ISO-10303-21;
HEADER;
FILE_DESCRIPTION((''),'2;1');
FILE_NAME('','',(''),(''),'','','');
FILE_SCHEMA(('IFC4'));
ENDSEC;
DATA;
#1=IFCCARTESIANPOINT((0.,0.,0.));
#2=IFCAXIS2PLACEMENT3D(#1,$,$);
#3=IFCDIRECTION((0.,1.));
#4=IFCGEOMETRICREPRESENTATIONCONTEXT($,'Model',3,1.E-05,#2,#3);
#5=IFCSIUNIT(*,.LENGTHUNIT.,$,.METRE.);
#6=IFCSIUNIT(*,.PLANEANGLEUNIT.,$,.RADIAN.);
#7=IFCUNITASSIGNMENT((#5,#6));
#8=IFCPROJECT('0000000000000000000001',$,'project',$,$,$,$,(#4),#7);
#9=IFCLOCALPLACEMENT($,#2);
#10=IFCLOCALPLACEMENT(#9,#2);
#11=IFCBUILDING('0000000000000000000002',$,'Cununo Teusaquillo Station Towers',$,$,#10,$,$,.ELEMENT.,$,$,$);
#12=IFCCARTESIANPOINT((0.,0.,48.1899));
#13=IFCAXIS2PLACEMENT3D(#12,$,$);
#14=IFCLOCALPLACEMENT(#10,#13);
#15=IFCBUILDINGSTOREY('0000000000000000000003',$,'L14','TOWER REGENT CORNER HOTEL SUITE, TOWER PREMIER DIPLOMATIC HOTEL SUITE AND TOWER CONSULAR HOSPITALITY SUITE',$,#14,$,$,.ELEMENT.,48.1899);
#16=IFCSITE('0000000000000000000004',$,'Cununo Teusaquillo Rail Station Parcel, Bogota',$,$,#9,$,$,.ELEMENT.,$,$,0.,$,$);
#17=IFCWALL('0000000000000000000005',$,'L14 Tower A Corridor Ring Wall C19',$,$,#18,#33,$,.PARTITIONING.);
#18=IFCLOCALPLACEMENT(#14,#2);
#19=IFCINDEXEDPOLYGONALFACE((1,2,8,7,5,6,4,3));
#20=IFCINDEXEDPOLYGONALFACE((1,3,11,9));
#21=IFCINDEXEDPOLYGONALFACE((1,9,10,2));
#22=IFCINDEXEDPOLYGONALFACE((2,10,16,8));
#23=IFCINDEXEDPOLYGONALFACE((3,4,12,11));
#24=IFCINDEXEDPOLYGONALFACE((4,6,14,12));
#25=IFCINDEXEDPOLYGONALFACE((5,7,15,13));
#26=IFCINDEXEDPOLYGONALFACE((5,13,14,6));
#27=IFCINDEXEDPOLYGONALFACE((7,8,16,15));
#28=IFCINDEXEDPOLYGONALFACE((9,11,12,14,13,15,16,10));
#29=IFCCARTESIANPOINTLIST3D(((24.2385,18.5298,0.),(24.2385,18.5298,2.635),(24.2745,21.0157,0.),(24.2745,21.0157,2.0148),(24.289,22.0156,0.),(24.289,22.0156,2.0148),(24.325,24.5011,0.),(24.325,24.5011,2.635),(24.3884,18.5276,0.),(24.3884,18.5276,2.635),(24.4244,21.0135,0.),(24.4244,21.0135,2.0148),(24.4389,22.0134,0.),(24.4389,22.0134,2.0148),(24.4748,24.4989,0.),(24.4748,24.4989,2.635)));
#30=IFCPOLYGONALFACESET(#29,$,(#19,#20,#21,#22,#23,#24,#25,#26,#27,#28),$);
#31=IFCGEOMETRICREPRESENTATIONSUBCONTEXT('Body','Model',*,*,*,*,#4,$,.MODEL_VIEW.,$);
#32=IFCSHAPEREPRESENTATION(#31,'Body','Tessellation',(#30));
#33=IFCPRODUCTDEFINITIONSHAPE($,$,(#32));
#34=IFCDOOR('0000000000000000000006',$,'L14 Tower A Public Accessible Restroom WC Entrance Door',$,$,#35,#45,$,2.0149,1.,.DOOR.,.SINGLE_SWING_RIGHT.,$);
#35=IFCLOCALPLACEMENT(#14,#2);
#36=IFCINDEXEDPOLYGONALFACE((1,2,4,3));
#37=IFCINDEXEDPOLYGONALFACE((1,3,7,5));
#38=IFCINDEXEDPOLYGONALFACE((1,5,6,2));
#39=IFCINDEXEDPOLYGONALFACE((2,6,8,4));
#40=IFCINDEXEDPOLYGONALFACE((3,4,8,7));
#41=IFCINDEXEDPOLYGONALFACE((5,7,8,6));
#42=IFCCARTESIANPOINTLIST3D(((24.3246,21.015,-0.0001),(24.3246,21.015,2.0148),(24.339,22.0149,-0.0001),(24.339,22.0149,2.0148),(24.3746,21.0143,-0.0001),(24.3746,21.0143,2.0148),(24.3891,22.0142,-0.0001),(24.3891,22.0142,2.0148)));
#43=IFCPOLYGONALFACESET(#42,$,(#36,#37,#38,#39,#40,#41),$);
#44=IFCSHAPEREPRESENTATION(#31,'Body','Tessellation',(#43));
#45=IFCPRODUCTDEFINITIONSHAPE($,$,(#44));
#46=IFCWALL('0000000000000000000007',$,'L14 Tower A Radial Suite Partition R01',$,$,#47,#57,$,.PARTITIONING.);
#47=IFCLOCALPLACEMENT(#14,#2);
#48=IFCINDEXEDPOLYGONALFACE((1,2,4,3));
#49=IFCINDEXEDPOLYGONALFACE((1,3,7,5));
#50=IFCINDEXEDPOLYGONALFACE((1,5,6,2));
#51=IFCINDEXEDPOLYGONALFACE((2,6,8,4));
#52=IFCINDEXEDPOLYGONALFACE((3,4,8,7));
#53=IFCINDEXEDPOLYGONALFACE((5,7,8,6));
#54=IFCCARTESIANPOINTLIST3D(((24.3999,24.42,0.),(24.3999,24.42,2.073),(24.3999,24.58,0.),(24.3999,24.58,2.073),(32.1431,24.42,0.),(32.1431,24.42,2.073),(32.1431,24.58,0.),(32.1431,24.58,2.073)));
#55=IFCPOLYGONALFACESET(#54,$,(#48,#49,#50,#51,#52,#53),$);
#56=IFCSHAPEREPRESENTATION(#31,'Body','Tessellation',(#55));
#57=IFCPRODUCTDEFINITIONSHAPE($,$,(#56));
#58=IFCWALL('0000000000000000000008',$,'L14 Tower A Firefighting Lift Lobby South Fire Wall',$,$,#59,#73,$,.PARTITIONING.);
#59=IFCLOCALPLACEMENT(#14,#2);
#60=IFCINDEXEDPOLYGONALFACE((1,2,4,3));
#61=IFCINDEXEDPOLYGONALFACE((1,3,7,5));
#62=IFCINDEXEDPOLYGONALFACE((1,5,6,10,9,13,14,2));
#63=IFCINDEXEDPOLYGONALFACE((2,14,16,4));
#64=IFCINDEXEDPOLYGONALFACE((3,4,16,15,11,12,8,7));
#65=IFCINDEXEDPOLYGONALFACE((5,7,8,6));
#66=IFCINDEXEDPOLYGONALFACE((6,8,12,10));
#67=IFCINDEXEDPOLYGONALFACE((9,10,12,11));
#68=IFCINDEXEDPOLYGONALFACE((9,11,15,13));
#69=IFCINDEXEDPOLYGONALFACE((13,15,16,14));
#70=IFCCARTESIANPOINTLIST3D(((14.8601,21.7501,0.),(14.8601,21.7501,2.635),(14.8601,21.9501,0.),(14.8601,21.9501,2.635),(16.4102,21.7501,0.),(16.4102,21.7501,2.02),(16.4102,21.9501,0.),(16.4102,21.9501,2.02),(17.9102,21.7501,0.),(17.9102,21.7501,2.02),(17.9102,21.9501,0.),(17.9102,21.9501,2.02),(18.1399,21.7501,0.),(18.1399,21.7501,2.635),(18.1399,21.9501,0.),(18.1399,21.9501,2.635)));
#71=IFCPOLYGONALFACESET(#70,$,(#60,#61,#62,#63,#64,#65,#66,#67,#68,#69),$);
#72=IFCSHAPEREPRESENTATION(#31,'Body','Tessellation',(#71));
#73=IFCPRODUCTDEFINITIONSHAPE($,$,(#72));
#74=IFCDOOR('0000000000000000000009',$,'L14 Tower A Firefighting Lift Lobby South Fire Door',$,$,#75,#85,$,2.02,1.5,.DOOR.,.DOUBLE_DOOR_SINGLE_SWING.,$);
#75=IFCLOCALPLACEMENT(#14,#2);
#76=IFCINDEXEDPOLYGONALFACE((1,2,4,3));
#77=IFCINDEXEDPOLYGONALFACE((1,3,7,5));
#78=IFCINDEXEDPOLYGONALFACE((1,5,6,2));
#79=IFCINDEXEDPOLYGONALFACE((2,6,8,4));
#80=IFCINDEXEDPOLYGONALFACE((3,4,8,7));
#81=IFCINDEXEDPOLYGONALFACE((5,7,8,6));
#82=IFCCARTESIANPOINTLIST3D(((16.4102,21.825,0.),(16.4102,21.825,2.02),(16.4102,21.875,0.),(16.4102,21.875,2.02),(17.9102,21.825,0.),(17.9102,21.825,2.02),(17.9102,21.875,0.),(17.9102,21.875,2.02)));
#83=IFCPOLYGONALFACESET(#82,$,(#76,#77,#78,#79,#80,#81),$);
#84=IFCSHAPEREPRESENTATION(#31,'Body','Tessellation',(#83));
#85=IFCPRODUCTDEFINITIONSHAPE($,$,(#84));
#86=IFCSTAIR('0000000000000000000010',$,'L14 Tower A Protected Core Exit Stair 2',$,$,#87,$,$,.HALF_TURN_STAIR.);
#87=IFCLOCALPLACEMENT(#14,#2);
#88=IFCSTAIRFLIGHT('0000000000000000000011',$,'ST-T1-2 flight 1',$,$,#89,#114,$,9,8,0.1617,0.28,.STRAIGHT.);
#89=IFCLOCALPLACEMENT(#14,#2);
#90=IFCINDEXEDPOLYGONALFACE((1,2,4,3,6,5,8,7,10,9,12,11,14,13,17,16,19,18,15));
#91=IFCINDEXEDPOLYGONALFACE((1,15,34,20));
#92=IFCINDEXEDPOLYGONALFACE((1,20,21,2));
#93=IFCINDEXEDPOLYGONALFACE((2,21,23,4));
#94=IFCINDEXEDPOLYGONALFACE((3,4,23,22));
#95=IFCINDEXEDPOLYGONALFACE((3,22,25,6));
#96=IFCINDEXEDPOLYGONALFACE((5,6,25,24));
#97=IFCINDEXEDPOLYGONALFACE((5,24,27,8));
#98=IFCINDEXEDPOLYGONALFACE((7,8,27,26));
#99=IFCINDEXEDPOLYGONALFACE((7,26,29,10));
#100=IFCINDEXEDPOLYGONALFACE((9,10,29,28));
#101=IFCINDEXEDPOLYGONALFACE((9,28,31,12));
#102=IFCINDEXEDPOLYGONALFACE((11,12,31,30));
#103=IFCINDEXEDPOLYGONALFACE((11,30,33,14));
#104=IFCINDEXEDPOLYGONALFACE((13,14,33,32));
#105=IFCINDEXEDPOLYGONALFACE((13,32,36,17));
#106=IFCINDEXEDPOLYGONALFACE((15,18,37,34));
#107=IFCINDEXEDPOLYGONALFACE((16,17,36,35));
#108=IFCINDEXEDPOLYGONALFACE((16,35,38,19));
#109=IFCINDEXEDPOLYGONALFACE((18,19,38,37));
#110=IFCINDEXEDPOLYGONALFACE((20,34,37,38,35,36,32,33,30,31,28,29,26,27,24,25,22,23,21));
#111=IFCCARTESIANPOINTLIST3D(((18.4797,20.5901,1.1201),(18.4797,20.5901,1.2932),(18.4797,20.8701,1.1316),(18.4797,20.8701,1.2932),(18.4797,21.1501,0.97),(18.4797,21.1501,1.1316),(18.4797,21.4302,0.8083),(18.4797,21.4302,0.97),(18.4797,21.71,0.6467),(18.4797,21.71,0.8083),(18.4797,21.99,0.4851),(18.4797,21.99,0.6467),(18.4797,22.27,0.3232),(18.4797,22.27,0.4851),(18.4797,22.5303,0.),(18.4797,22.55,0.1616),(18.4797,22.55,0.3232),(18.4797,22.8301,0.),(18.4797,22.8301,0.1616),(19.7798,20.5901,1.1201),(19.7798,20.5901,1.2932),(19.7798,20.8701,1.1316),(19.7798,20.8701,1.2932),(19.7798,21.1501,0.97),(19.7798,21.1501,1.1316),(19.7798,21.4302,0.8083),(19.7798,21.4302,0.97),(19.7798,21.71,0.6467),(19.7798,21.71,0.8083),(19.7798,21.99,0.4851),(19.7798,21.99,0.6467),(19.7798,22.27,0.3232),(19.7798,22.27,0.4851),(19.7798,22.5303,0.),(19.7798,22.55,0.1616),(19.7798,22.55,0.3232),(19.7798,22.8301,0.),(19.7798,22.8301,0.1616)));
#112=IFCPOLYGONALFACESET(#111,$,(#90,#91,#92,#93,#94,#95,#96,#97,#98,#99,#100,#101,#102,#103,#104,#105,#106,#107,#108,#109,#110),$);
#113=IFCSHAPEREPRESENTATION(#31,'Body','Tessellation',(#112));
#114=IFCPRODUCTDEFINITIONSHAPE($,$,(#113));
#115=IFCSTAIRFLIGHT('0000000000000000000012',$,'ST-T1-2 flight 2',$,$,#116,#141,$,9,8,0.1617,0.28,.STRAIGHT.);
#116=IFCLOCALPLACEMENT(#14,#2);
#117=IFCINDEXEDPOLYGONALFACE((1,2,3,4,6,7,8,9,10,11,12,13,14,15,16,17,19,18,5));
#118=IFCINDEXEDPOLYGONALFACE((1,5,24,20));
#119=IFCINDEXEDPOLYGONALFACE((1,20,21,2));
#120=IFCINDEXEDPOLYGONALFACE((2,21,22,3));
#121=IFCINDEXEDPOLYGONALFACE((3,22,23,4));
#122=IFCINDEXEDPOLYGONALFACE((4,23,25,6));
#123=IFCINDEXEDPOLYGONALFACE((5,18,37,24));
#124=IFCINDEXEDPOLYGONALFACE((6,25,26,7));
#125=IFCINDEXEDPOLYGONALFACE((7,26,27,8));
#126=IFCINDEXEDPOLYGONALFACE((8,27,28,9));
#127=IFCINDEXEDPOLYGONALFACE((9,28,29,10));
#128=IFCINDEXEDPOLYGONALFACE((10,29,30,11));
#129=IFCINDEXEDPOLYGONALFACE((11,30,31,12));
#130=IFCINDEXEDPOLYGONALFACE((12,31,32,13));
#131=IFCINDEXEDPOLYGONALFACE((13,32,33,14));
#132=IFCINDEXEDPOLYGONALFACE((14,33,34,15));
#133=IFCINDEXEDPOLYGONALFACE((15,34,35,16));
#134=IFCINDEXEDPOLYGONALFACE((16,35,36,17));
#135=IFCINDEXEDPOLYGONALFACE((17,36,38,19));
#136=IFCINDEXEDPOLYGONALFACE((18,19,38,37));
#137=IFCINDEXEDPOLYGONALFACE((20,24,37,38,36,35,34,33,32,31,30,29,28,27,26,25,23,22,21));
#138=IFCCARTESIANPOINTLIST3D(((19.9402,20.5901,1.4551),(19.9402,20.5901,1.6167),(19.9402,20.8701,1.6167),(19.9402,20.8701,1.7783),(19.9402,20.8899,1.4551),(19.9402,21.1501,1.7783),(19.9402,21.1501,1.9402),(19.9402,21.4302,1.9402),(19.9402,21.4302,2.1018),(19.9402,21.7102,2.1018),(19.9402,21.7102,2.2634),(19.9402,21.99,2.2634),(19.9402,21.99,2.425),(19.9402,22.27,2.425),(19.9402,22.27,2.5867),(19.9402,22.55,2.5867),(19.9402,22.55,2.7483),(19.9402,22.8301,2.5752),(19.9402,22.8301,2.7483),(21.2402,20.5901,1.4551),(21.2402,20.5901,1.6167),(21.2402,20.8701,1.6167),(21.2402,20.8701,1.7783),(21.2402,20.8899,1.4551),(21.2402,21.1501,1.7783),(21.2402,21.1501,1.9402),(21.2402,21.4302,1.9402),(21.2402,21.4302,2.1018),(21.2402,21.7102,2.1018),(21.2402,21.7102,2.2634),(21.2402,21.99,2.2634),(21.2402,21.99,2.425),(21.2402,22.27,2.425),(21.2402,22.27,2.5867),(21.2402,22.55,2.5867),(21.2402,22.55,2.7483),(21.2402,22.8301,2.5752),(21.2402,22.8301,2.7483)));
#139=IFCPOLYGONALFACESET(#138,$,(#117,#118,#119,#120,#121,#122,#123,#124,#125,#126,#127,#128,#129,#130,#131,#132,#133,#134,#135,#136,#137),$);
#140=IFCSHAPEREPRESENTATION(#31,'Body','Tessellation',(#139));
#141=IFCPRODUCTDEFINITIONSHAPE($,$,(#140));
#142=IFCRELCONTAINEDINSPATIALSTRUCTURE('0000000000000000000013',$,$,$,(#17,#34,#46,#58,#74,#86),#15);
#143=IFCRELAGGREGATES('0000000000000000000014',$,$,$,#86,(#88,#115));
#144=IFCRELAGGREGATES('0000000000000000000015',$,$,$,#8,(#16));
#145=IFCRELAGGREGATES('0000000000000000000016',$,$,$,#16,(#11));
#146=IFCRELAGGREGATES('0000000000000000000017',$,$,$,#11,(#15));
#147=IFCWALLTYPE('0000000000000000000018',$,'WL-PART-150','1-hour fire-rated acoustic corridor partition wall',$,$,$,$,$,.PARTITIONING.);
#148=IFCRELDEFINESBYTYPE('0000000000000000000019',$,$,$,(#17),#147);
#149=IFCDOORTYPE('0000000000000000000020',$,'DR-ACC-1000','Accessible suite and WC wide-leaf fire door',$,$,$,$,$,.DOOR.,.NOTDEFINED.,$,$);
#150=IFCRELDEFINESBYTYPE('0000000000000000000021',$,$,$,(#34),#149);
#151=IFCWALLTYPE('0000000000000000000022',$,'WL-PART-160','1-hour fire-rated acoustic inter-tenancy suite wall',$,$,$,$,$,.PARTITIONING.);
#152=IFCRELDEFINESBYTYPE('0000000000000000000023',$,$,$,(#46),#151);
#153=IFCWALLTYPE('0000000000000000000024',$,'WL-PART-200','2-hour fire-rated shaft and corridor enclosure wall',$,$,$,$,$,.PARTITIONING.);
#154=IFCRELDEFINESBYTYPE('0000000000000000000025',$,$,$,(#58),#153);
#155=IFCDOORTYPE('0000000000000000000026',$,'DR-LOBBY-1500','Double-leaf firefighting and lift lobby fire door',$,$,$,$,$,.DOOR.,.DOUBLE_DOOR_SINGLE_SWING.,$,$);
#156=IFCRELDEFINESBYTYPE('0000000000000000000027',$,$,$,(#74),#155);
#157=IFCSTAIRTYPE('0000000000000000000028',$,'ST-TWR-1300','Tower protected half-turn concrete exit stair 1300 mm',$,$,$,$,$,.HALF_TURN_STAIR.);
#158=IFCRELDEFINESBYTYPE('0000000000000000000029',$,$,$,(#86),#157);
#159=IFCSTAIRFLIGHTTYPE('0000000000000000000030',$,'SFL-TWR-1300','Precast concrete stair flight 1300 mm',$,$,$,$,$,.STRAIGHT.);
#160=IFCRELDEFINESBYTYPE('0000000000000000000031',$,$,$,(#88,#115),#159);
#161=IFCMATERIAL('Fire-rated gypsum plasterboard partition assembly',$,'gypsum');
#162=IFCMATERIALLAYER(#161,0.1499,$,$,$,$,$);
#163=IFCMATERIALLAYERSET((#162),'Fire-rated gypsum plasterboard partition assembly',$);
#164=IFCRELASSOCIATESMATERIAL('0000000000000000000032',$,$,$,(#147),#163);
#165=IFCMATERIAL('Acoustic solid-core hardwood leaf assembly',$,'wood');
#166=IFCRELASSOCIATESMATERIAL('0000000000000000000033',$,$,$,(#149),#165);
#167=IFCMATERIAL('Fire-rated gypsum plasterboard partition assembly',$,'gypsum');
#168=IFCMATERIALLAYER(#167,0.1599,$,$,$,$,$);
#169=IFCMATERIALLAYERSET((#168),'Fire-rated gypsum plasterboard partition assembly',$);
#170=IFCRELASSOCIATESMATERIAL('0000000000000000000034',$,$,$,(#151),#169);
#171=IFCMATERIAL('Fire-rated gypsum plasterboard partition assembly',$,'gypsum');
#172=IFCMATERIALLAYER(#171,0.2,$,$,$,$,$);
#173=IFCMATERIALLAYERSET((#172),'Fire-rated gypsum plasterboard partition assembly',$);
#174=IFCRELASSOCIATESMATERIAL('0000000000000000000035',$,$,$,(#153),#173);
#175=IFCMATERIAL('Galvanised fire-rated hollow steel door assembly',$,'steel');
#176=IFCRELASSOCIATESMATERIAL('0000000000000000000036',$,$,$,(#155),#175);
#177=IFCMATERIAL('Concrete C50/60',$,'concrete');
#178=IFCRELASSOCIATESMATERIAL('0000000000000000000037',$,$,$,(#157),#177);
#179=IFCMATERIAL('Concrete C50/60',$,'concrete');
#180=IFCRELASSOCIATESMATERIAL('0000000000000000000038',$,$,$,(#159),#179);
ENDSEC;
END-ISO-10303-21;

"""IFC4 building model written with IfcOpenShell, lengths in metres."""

from ifc_helpers import new_model, si_unit, direction, frame, frame_2d, origin, place, context, subcontext, project, spatial, polyline, rectangle, outline, extrude, source, transform, mapped, material, layer, layer_set, type_object, element, fill, aggregate, save


model = new_model("IFC4")

# Units and contexts
model_context = context("Model", 3, precision=1e-05, world=origin(), true_north=direction((0.0, 1.0)))
body_context = subcontext(model_context, "Body", "Model", "MODEL_VIEW")
ifc_project = project(units=[si_unit("LENGTHUNIT", "METRE"), si_unit("PLANEANGLEUNIT", "RADIAN")], contexts=[model_context])

# Site, building, storey
site_placement = place(None, origin())
site = spatial("IfcSite", under=ifc_project, at=site_placement, Name="Cununo Teusaquillo Rail Station Parcel, Bogota", CompositionType="ELEMENT", RefElevation=0.0)
building_placement = place(site_placement, origin())
building = spatial("IfcBuilding", under=site, at=building_placement, Name="Cununo Teusaquillo Station Towers", CompositionType="ELEMENT")
storey_placement = place(building_placement, frame((0.0, 0.0, 48.1899)))
storey = spatial("IfcBuildingStorey", under=building, at=storey_placement, Name="L14", Description="TOWER REGENT CORNER HOTEL SUITE, TOWER PREMIER DIPLOMATIC HOTEL SUITE AND TOWER CONSULAR HOSPITALITY SUITE", CompositionType="ELEMENT", Elevation=48.1899)

# Wall, opening, door
ifc_material_1 = material(Name="Fire-rated gypsum plasterboard partition assembly", Category="gypsum")
ifc_layer_1 = layer(ifc_material_1, 0.1499)
ifc_layer_set_1 = layer_set([ifc_layer_1], Name="Fire-rated gypsum plasterboard partition assembly")
wall_type_1 = type_object("IfcWallType", Name="WL-PART-150", Description="1-hour fire-rated acoustic corridor partition wall", PredefinedType="PARTITIONING", material=ifc_layer_set_1)
wall_1_placement = place(storey_placement, frame((24.3135, 18.5288, 0.0), z_axis=(0.0, 0.0, 1.0), x_axis=(0.014472, 0.999895, 0.0)))
wall_1 = element("IfcWall", 1, at=wall_1_placement, inside=storey, type_object=wall_type_1, Name="L14 Tower A Corridor Ring Wall C19", PredefinedType="PARTITIONING", context=body_context, shape_type="SweptSolid", body=[
    extrude(rectangle(XDim=5.9719, YDim=0.1499, at=frame_2d((2.9858, 0.0))), origin(), (0.0, 0.0, 1.0), 2.635),
])
shared_shape_1 = source(origin(), body_context, "Body", "SweptSolid", [
    extrude(rectangle(XDim=1.0, YDim=2.0149, at=frame_2d((0.5, 1.0073))), frame((0.0, 0.085, 0.0), z_axis=(0.0, -1.0, 0.0), x_axis=(1.0, 0.0, 0.0)), (0.0, 0.0, 1.0), 0.1699),
])
opening_1_placement = place(wall_1_placement, frame((2.4861, 0.0, 0.0)))
opening_1 = element("IfcOpeningElement", 2, at=opening_1_placement, cuts=wall_1, PredefinedType="OPENING", context=body_context, shape_type="MappedRepresentation", body=[
    mapped(shared_shape_1, transform((0.0, 0.0, 0.0), x_axis=(1.0, 0.0, 0.0), y_axis=(0.0, 1.0, 0.0), z_axis=(0.0, 0.0, 1.0), scale=1.0)),
])
ifc_material_2 = material(Name="Acoustic solid-core hardwood leaf assembly", Category="wood")
door_type_1 = type_object("IfcDoorType", Name="DR-ACC-1000", Description="Accessible suite and WC wide-leaf fire door", OperationType="NOTDEFINED", PredefinedType="DOOR", material=ifc_material_2)
shared_shape_2 = source(origin(), body_context, "Body", "SweptSolid", [
    extrude(rectangle(XDim=1.0, YDim=2.0149, at=frame_2d((0.5, 1.0073))), frame((0.0, 0.0249, 0.0), z_axis=(0.0, -1.0, 0.0), x_axis=(1.0, 0.0, 0.0)), (0.0, 0.0, 1.0), 0.05),
])
door_1_placement = place(opening_1_placement, origin())
door_1 = element("IfcDoor", 3, at=door_1_placement, inside=storey, type_object=door_type_1, Name="L14 Tower A Public Accessible Restroom WC Entrance Door", OperationType="SINGLE_SWING_RIGHT", OverallHeight=2.0149, OverallWidth=1.0, PredefinedType="DOOR", context=body_context, shape_type="MappedRepresentation", body=[
    mapped(shared_shape_2, transform((0.0, 0.0, 0.0), x_axis=(1.0, 0.0, 0.0), y_axis=(0.0, 1.0, 0.0), z_axis=(0.0, 0.0, 1.0), scale=1.0)),
])
fill(opening_1, door_1)

# Wall
ifc_material_3 = material(Name="Fire-rated gypsum plasterboard partition assembly", Category="gypsum")
ifc_layer_2 = layer(ifc_material_3, 0.1599)
ifc_layer_set_2 = layer_set([ifc_layer_2], Name="Fire-rated gypsum plasterboard partition assembly")
wall_type_2 = type_object("IfcWallType", Name="WL-PART-160", Description="1-hour fire-rated acoustic inter-tenancy suite wall", PredefinedType="PARTITIONING", material=ifc_layer_set_2)
wall_2_placement = place(storey_placement, frame((24.3999, 24.5, 0.0), z_axis=(0.0, 0.0, 1.0), x_axis=(1.0, 0.0, 0.0)))
element("IfcWall", 4, at=wall_2_placement, inside=storey, type_object=wall_type_2, Name="L14 Tower A Radial Suite Partition R01", PredefinedType="PARTITIONING", context=body_context, shape_type="SweptSolid", body=[
    extrude(rectangle(XDim=7.7432, YDim=0.1599, at=frame_2d((3.8716, 0.0))), origin(), (0.0, 0.0, 1.0), 2.073),
])

# Wall, opening, door
ifc_material_4 = material(Name="Fire-rated gypsum plasterboard partition assembly", Category="gypsum")
ifc_layer_3 = layer(ifc_material_4, 0.2)
ifc_layer_set_3 = layer_set([ifc_layer_3], Name="Fire-rated gypsum plasterboard partition assembly")
wall_type_3 = type_object("IfcWallType", Name="WL-PART-200", Description="2-hour fire-rated shaft and corridor enclosure wall", PredefinedType="PARTITIONING", material=ifc_layer_set_3)
wall_3_placement = place(storey_placement, frame((14.8601, 21.8501, 0.0), z_axis=(0.0, 0.0, 1.0), x_axis=(1.0, 0.0, 0.0)))
wall_3 = element("IfcWall", 5, at=wall_3_placement, inside=storey, type_object=wall_type_3, Name="L14 Tower A Firefighting Lift Lobby South Fire Wall", PredefinedType="PARTITIONING", context=body_context, shape_type="SweptSolid", body=[
    extrude(rectangle(XDim=3.2798, YDim=0.2, at=frame_2d((1.6399, 0.0))), origin(), (0.0, 0.0, 1.0), 2.635),
])
shared_shape_3 = source(origin(), body_context, "Body", "SweptSolid", [
    extrude(rectangle(XDim=1.5, YDim=2.02, at=frame_2d((0.75, 1.01))), frame((0.0, 0.1099, 0.0), z_axis=(0.0, -1.0, 0.0), x_axis=(1.0, 0.0, 0.0)), (0.0, 0.0, 1.0), 0.22),
])
opening_2_placement = place(wall_3_placement, frame((1.55, 0.0, 0.0)))
opening_2 = element("IfcOpeningElement", 6, at=opening_2_placement, cuts=wall_3, PredefinedType="OPENING", context=body_context, shape_type="MappedRepresentation", body=[
    mapped(shared_shape_3, transform((0.0, 0.0, 0.0), x_axis=(1.0, 0.0, 0.0), y_axis=(0.0, 1.0, 0.0), z_axis=(0.0, 0.0, 1.0), scale=1.0)),
])
ifc_material_5 = material(Name="Galvanised fire-rated hollow steel door assembly", Category="steel")
door_type_2 = type_object("IfcDoorType", Name="DR-LOBBY-1500", Description="Double-leaf firefighting and lift lobby fire door", OperationType="DOUBLE_DOOR_SINGLE_SWING", PredefinedType="DOOR", material=ifc_material_5)
shared_shape_4 = source(origin(), body_context, "Body", "SweptSolid", [
    extrude(rectangle(XDim=1.5, YDim=2.02, at=frame_2d((0.75, 1.01))), frame((0.0, 0.0249, 0.0), z_axis=(0.0, -1.0, 0.0), x_axis=(1.0, 0.0, 0.0)), (0.0, 0.0, 1.0), 0.05),
])
door_2_placement = place(opening_2_placement, origin())
door_2 = element("IfcDoor", 7, at=door_2_placement, inside=storey, type_object=door_type_2, Name="L14 Tower A Firefighting Lift Lobby South Fire Door", OperationType="DOUBLE_DOOR_SINGLE_SWING", OverallHeight=2.02, OverallWidth=1.5, PredefinedType="DOOR", context=body_context, shape_type="MappedRepresentation", body=[
    mapped(shared_shape_4, transform((0.0, 0.0, 0.0), x_axis=(1.0, 0.0, 0.0), y_axis=(0.0, 1.0, 0.0), z_axis=(0.0, 0.0, 1.0), scale=1.0)),
])
fill(opening_2, door_2)

# Stair, stair flights
ifc_material_6 = material(Name="Concrete C50/60", Category="concrete")
stair_type = type_object("IfcStairType", Name="ST-TWR-1300", Description="Tower protected half-turn concrete exit stair 1300 mm", PredefinedType="HALF_TURN_STAIR", material=ifc_material_6)
stair_placement = place(storey_placement, origin())
stair = element("IfcStair", 8, at=stair_placement, inside=storey, type_object=stair_type, Name="L14 Tower A Protected Core Exit Stair 2", PredefinedType="HALF_TURN_STAIR")
ifc_material_7 = material(Name="Concrete C50/60", Category="concrete")
stair_flight_type = type_object("IfcStairFlightType", Name="SFL-TWR-1300", Description="Precast concrete stair flight 1300 mm", PredefinedType="STRAIGHT", material=ifc_material_7)
stair_flight_1_placement = place(storey_placement, frame((19.1299, 22.8301, 0.0), z_axis=(0.0, 0.0, 1.0), x_axis=(0.0, -1.0, 0.0)))
stair_flight_1 = element("IfcStairFlight", 9, at=stair_flight_1_placement, type_object=stair_flight_type, Name="ST-T1-2 flight 1", NumberOfRisers=9, NumberOfTreads=8, PredefinedType="STRAIGHT", RiserHeight=0.1617, TreadLength=0.28, context=body_context, shape_type="SweptSolid", body=[
    extrude(outline(polyline([(0.0, 0.0), (0.0, 0.1616), (0.28, 0.1616), (0.28, 0.3232), (0.5601, 0.3232), (0.5601, 0.4851), (0.8401, 0.4851), (0.8401, 0.6467), (1.1201, 0.6467), (1.1201, 0.8083), (1.3999, 0.8083), (1.3999, 0.97), (1.6799, 0.97), (1.6799, 1.1316), (1.96, 1.1316), (1.96, 1.2932), (2.24, 1.2932), (2.24, 1.4551), (2.24, 1.1201), (0.2998, 0.0), (0.0, 0.0)])), frame((0.0, 0.6499, 0.0), z_axis=(0.0, -1.0, 0.0), x_axis=(1.0, 0.0, 0.0)), (0.0, 0.0, 1.0), 1.3),
])
stair_flight_2_placement = place(storey_placement, frame((20.5901, 20.5901, 1.4551), z_axis=(0.0, 0.0, 1.0), x_axis=(0.0, 1.0, 0.0)))
stair_flight_2 = element("IfcStairFlight", 10, at=stair_flight_2_placement, type_object=stair_flight_type, Name="ST-T1-2 flight 2", NumberOfRisers=9, NumberOfTreads=8, PredefinedType="STRAIGHT", RiserHeight=0.1617, TreadLength=0.28, context=body_context, shape_type="SweptSolid", body=[
    extrude(outline(polyline([(0.0, 0.0), (0.0, 0.1616), (0.28, 0.1616), (0.28, 0.3232), (0.5601, 0.3232), (0.5601, 0.4851), (0.8401, 0.4851), (0.8401, 0.6467), (1.1201, 0.6467), (1.1201, 0.8083), (1.3999, 0.8083), (1.3999, 0.97), (1.6799, 0.97), (1.6799, 1.1316), (1.96, 1.1316), (1.96, 1.2932), (2.24, 1.2932), (2.24, 1.4551), (2.24, 1.1201), (0.2998, 0.0), (0.0, 0.0)])), frame((0.0, 0.6499, 0.0), z_axis=(0.0, -1.0, 0.0), x_axis=(1.0, 0.0, 0.0)), (0.0, 0.0, 1.0), 1.3),
])
aggregate(stair, [stair_flight_1, stair_flight_2])

save(model, "model.ifc")
